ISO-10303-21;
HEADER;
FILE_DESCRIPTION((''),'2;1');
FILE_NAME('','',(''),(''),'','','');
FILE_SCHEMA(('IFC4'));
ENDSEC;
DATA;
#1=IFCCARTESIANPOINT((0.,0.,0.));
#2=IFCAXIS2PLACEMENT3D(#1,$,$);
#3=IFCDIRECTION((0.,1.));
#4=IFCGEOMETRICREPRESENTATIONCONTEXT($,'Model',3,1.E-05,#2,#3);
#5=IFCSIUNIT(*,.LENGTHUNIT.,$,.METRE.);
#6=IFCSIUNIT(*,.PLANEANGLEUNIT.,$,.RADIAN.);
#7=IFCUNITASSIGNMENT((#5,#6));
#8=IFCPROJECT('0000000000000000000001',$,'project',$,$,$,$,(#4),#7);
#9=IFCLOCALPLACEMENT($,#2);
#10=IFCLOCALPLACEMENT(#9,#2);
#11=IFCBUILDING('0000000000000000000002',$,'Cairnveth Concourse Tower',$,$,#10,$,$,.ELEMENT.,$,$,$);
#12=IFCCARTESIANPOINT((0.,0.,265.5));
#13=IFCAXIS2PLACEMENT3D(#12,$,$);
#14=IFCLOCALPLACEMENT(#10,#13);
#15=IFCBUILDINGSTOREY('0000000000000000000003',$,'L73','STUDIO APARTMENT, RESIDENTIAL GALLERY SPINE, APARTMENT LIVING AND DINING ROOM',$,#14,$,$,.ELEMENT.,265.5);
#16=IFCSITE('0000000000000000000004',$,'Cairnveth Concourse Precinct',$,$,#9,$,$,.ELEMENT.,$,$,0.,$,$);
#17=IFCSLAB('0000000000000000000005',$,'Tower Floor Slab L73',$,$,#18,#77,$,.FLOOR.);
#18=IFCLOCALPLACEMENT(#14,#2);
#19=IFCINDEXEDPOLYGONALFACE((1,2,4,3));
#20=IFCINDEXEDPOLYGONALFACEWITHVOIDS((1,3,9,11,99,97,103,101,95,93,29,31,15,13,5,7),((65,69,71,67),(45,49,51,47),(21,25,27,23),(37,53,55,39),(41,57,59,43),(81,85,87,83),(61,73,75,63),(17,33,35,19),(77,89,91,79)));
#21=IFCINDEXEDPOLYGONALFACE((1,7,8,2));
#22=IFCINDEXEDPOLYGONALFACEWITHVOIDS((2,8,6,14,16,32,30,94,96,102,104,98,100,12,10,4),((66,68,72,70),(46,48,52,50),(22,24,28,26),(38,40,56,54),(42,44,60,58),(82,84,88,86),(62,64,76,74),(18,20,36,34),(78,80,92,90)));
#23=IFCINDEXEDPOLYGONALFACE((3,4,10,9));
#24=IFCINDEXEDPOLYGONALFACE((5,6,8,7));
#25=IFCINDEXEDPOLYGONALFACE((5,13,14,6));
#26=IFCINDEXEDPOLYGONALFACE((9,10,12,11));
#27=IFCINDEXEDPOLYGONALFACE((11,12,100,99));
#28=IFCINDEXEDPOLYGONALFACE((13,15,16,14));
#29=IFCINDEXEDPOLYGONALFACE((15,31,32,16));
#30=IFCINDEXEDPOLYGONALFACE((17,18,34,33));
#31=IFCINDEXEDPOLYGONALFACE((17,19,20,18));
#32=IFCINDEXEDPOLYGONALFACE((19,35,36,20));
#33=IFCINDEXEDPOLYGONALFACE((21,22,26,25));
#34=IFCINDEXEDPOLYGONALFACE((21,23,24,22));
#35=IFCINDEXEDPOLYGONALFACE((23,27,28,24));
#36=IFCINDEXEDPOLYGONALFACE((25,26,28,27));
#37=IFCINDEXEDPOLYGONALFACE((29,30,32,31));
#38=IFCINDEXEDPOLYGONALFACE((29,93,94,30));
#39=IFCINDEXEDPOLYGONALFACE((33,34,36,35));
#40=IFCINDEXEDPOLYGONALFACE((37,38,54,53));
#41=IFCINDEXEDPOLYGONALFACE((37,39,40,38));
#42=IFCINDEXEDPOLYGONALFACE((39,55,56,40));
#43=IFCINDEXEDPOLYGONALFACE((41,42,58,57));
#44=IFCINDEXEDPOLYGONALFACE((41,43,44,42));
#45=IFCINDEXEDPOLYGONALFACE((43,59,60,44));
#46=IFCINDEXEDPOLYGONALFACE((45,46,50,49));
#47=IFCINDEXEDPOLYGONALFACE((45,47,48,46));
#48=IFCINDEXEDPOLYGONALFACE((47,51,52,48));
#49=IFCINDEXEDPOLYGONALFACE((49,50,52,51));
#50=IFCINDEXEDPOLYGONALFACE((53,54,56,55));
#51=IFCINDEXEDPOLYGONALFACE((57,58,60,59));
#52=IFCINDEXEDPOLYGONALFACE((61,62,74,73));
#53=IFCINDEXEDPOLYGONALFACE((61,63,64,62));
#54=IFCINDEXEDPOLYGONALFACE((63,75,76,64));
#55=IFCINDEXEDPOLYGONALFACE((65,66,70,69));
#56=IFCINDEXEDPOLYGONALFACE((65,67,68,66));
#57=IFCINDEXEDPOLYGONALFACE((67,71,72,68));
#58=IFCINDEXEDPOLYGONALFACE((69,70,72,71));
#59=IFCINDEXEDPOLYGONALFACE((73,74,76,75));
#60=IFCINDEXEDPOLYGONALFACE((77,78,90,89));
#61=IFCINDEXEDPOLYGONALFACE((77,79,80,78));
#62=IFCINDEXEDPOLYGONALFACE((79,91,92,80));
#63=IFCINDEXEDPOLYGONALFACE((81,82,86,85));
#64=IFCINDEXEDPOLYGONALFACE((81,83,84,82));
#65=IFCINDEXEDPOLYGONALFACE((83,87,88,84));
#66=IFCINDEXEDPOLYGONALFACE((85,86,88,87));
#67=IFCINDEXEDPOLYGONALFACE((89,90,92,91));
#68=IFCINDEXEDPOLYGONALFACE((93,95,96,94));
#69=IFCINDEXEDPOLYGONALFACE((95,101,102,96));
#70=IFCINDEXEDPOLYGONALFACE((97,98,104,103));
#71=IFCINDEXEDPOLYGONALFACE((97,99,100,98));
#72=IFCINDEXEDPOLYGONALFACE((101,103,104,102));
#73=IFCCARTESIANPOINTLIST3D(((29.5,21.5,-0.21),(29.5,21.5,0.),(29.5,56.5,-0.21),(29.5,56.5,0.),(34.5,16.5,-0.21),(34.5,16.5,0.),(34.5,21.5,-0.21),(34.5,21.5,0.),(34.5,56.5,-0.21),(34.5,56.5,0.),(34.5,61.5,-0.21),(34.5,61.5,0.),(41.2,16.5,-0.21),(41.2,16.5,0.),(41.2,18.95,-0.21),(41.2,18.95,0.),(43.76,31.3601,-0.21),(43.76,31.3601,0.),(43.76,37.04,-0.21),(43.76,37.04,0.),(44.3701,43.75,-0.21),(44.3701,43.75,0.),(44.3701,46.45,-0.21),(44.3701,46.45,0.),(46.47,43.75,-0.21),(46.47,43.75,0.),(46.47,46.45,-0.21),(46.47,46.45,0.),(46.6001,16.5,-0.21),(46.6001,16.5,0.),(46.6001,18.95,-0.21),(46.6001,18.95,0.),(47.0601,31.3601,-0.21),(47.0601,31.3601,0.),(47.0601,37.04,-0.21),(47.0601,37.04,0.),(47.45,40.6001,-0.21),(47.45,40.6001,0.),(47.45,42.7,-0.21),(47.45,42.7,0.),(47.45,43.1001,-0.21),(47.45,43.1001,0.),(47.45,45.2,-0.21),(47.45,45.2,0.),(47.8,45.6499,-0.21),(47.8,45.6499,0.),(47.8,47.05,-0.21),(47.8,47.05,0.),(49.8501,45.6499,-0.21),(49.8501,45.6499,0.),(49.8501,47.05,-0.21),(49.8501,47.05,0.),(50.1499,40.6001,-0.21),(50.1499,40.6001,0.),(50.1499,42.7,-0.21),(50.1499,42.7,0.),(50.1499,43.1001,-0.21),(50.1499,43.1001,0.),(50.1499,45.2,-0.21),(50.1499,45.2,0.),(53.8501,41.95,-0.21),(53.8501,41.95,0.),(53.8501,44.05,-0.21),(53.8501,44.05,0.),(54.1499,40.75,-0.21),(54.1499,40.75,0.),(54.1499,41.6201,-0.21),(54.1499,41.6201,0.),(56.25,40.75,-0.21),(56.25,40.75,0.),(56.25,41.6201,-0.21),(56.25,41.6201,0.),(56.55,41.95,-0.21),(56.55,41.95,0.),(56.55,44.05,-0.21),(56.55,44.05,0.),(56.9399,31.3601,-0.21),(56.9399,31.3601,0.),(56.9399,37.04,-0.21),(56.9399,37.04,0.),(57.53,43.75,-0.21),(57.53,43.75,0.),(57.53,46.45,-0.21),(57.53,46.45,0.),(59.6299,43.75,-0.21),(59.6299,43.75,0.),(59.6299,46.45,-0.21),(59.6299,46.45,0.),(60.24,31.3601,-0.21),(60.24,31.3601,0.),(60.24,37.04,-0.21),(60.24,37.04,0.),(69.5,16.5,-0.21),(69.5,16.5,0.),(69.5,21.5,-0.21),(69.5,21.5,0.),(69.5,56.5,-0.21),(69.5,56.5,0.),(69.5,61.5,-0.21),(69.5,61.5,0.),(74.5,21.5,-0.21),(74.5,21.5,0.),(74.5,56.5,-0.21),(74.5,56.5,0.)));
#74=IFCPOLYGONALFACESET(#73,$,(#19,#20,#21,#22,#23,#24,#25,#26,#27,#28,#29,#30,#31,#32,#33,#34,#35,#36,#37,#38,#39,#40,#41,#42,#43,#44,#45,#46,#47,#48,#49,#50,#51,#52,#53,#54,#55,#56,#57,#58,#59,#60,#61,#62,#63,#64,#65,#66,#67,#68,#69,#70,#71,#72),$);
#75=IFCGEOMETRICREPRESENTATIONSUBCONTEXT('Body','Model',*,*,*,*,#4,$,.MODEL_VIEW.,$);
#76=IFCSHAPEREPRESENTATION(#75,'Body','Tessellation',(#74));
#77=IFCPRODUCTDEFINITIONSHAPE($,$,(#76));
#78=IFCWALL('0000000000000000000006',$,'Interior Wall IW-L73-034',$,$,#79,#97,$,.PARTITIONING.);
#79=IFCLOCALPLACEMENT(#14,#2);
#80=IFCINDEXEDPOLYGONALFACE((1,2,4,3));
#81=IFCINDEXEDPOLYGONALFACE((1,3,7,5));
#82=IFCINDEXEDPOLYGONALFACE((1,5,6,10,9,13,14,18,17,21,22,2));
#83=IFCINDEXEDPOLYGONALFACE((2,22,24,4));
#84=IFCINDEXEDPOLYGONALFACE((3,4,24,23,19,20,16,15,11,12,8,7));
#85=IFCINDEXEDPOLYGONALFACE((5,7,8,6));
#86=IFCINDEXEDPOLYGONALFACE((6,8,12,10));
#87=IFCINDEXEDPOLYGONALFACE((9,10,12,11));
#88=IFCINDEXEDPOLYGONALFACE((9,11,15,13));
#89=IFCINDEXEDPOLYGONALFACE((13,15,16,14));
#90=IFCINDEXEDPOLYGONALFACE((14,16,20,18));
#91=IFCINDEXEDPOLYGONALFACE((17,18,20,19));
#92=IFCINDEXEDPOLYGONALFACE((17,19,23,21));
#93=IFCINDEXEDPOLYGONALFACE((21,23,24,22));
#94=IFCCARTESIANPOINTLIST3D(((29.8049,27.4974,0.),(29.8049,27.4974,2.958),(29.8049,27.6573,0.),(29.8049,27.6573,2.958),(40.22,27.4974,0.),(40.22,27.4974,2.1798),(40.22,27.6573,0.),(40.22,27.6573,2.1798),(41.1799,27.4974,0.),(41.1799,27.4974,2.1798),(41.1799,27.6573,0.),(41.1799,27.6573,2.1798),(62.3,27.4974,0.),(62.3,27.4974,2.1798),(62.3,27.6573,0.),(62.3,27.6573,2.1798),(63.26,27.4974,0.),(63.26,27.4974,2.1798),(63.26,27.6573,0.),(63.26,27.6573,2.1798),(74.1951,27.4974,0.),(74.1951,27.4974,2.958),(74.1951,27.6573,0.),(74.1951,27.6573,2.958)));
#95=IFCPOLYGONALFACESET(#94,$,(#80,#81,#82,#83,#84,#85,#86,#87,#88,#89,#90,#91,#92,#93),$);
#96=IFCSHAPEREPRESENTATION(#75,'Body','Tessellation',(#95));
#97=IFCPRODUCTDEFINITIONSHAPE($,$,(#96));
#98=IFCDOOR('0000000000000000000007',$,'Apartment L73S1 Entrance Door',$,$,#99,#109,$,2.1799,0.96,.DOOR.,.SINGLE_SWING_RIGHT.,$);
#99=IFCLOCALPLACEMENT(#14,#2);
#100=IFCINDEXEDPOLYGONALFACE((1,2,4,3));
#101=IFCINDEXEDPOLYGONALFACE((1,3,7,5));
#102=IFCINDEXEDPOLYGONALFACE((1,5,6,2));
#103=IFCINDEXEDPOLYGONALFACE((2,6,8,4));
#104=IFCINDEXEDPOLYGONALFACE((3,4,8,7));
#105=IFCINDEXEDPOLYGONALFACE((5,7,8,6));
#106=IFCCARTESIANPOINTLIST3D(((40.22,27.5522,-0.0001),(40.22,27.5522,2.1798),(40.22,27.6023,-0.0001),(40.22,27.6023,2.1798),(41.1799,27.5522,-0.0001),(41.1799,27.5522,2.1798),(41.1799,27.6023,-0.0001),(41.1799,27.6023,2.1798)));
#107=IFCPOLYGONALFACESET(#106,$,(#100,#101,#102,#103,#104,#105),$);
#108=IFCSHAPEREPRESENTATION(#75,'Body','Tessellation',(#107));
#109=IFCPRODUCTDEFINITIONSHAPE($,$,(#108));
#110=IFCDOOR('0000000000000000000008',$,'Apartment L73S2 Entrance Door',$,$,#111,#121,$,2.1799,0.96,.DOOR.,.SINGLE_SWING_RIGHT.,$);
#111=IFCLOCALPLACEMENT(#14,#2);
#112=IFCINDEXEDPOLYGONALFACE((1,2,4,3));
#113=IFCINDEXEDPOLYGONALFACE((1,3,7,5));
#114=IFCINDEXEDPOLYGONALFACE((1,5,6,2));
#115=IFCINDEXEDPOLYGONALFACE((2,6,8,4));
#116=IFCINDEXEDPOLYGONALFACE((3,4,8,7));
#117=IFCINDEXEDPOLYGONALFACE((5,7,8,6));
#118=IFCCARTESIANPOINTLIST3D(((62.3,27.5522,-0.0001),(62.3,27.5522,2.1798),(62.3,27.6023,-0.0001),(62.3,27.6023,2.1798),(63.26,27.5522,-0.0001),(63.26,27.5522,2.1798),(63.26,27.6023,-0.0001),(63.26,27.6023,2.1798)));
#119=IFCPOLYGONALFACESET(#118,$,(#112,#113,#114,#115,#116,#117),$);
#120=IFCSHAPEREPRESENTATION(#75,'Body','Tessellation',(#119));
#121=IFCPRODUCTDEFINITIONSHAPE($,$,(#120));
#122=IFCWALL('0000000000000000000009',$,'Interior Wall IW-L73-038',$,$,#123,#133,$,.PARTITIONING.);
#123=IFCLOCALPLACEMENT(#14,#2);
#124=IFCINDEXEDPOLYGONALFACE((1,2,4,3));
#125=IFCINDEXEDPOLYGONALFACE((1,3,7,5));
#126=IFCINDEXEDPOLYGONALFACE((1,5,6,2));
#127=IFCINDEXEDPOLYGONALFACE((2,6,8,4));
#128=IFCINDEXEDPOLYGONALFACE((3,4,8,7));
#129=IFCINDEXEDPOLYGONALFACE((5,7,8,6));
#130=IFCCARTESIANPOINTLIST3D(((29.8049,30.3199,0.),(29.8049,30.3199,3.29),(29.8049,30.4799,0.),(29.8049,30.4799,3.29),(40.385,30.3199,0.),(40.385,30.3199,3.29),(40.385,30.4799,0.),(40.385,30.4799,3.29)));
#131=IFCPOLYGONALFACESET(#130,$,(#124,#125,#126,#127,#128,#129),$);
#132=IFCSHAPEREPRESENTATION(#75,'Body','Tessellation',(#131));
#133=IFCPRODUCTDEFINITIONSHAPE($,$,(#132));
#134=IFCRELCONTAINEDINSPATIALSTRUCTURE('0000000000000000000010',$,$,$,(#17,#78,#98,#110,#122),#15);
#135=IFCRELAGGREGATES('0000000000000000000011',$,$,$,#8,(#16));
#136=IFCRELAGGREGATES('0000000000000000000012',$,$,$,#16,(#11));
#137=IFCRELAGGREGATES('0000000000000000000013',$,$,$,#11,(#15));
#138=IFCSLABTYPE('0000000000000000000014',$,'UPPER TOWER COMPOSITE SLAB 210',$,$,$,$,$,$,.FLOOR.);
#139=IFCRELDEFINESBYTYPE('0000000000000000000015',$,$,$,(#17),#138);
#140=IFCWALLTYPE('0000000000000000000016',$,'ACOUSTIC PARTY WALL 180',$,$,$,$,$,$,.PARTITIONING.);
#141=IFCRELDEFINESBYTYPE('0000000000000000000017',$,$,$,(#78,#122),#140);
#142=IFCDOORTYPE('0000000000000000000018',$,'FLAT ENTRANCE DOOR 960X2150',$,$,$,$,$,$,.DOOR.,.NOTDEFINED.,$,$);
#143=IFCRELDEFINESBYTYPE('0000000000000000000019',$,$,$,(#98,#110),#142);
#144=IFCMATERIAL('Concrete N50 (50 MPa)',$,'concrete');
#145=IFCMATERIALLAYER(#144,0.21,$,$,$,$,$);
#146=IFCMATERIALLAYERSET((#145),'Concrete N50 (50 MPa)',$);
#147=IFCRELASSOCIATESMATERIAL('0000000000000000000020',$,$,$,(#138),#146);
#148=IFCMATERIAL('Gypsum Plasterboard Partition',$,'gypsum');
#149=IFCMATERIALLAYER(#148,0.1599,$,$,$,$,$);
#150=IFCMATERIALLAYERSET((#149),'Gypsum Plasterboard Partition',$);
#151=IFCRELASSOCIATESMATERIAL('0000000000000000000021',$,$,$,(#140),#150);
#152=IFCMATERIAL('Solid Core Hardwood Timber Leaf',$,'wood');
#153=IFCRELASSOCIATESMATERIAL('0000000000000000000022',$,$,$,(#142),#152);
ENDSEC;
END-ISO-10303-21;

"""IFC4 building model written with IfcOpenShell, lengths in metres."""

from ifc_helpers import new_model, si_unit, direction, frame, frame_2d, origin, place, context, subcontext, project, spatial, polyline, rectangle, outline, extrude, material, layer, layer_set, type_object, element, fill, save


model = new_model("IFC4")

# Units and contexts
model_context = context("Model", 3, precision=1e-05, world=origin(), true_north=direction((0.0, 1.0)))
body_context = subcontext(model_context, "Body", "Model", "MODEL_VIEW")
ifc_project = project(units=[si_unit("LENGTHUNIT", "METRE"), si_unit("PLANEANGLEUNIT", "RADIAN")], contexts=[model_context])

# Site, building, storey
site_placement = place(None, origin())
site = spatial("IfcSite", under=ifc_project, at=site_placement, Name="Cairnveth Concourse Precinct", CompositionType="ELEMENT", RefElevation=0.0)
building_placement = place(site_placement, origin())
building = spatial("IfcBuilding", under=site, at=building_placement, Name="Cairnveth Concourse Tower", CompositionType="ELEMENT")
storey_placement = place(building_placement, frame((0.0, 0.0, 265.5)))
storey = spatial("IfcBuildingStorey", under=building, at=storey_placement, Name="L73", Description="STUDIO APARTMENT, RESIDENTIAL GALLERY SPINE, APARTMENT LIVING AND DINING ROOM", CompositionType="ELEMENT", Elevation=265.5)

# Shared definitions
ifc_material_1 = material(Name="Concrete N50 (50 MPa)", Category="concrete")

# Slab
ifc_layer_1 = layer(ifc_material_1, 0.21)
ifc_layer_set_1 = layer_set([ifc_layer_1], Name="Concrete N50 (50 MPa)")
slab_type_1 = type_object("IfcSlabType", Name="UPPER TOWER COMPOSITE SLAB 210", PredefinedType="FLOOR", material=ifc_layer_set_1)
slab_1_placement = place(storey_placement, frame((0.0, 0.0, -0.21)))
element("IfcSlab", 1, at=slab_1_placement, inside=storey, type_object=slab_type_1, Name="Tower Floor Slab L73", PredefinedType="FLOOR", context=body_context, shape_type="SweptSolid", body=[
    extrude(outline(polyline([(41.2, 16.5), (41.2, 18.95), (46.6001, 18.95), (46.6001, 16.5), (69.5, 16.5), (69.5, 21.5), (74.5, 21.5), (74.5, 56.5), (69.5, 56.5), (69.5, 61.5), (34.5, 61.5), (34.5, 56.5), (29.5, 56.5), (29.5, 21.5), (34.5, 21.5), (34.5, 16.5), (41.2, 16.5)]), holes=[polyline([(43.76, 31.3601), (47.0601, 31.3601), (47.0601, 37.04), (43.76, 37.04), (43.76, 31.3601)]), polyline([(56.9399, 31.3601), (60.24, 31.3601), (60.24, 37.04), (56.9399, 37.04), (56.9399, 31.3601)]), polyline([(44.3701, 43.75), (46.47, 43.75), (46.47, 46.45), (44.3701, 46.45), (44.3701, 43.75)]), polyline([(57.53, 43.75), (59.6299, 43.75), (59.6299, 46.45), (57.53, 46.45), (57.53, 43.75)]), polyline([(47.45, 40.6001), (50.1499, 40.6001), (50.1499, 42.7), (47.45, 42.7), (47.45, 40.6001)]), polyline([(47.45, 43.1001), (50.1499, 43.1001), (50.1499, 45.2), (47.45, 45.2), (47.45, 43.1001)]), polyline([(53.8501, 41.95), (56.55, 41.95), (56.55, 44.05), (53.8501, 44.05), (53.8501, 41.95)]), polyline([(47.8, 45.6499), (49.8501, 45.6499), (49.8501, 47.05), (47.8, 47.05), (47.8, 45.6499)]), polyline([(54.1499, 40.75), (56.25, 40.75), (56.25, 41.6201), (54.1499, 41.6201), (54.1499, 40.75)])]), origin(), (0.0, 0.0, 1.0), 0.21),
])

# Wall, openings, doors
ifc_material_2 = material(Name="Gypsum Plasterboard Partition", Category="gypsum")
ifc_layer_2 = layer(ifc_material_2, 0.1599)
ifc_layer_set_2 = layer_set([ifc_layer_2], Name="Gypsum Plasterboard Partition")
wall_type_1 = type_object("IfcWallType", Name="ACOUSTIC PARTY WALL 180", PredefinedType="PARTITIONING", material=ifc_layer_set_2)
wall_1_placement = place(storey_placement, frame((29.8049, 27.5774, 0.0), z_axis=(0.0, 0.0, 1.0), x_axis=(1.0, 0.0, 0.0)))
wall_1 = element("IfcWall", 2, at=wall_1_placement, inside=storey, type_object=wall_type_1, Name="Interior Wall IW-L73-034", PredefinedType="PARTITIONING", context=body_context, shape_type="SweptSolid", body=[
    extrude(rectangle(XDim=44.3901, YDim=0.1599, at=frame_2d((22.1951, 0.0))), origin(), (0.0, 0.0, 1.0), 2.958),
])
opening_1_placement = place(wall_1_placement, frame((10.415, 0.0, 0.0)))
opening_1 = element("IfcOpeningElement", 3, at=opening_1_placement, cuts=wall_1, PredefinedType="OPENING", context=body_context, shape_type="SweptSolid", body=[
    extrude(rectangle(XDim=0.96, YDim=2.1799, at=frame_2d((0.48, 1.0898))), frame((0.0, 0.0898, 0.0), z_axis=(0.0, -1.0, 0.0), x_axis=(1.0, 0.0, 0.0)), (0.0, 0.0, 1.0), 0.1799),
])
opening_2_placement = place(wall_1_placement, frame((32.4951, 0.0, 0.0)))
opening_2 = element("IfcOpeningElement", 4, at=opening_2_placement, cuts=wall_1, PredefinedType="OPENING", context=body_context, shape_type="SweptSolid", body=[
    extrude(rectangle(XDim=0.96, YDim=2.1799, at=frame_2d((0.48, 1.0898))), frame((0.0, 0.0898, 0.0), z_axis=(0.0, -1.0, 0.0), x_axis=(1.0, 0.0, 0.0)), (0.0, 0.0, 1.0), 0.1799),
])
ifc_material_3 = material(Name="Solid Core Hardwood Timber Leaf", Category="wood")
door_type = type_object("IfcDoorType", Name="FLAT ENTRANCE DOOR 960X2150", OperationType="NOTDEFINED", PredefinedType="DOOR", material=ifc_material_3)
door_1_placement = place(opening_1_placement, origin())
door_1 = element("IfcDoor", 5, at=door_1_placement, inside=storey, type_object=door_type, Name="Apartment L73S1 Entrance Door", OperationType="SINGLE_SWING_RIGHT", OverallHeight=2.1799, OverallWidth=0.96, PredefinedType="DOOR", context=body_context, shape_type="SweptSolid", body=[
    extrude(rectangle(XDim=0.96, YDim=2.1799, at=frame_2d((0.48, 1.0898))), frame((0.0, 0.0249, 0.0), z_axis=(0.0, -1.0, 0.0), x_axis=(1.0, 0.0, 0.0)), (0.0, 0.0, 1.0), 0.05),
])
fill(opening_1, door_1)
door_2_placement = place(opening_2_placement, origin())
door_2 = element("IfcDoor", 6, at=door_2_placement, inside=storey, type_object=door_type, Name="Apartment L73S2 Entrance Door", OperationType="SINGLE_SWING_RIGHT", OverallHeight=2.1799, OverallWidth=0.96, PredefinedType="DOOR", context=body_context, shape_type="SweptSolid", body=[
    extrude(rectangle(XDim=0.96, YDim=2.1799, at=frame_2d((0.48, 1.0898))), frame((0.0, 0.0249, 0.0), z_axis=(0.0, -1.0, 0.0), x_axis=(1.0, 0.0, 0.0)), (0.0, 0.0, 1.0), 0.05),
])
fill(opening_2, door_2)

# Wall
wall_2_placement = place(storey_placement, frame((29.8049, 30.3999, 0.0), z_axis=(0.0, 0.0, 1.0), x_axis=(1.0, 0.0, 0.0)))
element("IfcWall", 7, at=wall_2_placement, inside=storey, type_object=wall_type_1, Name="Interior Wall IW-L73-038", PredefinedType="PARTITIONING", context=body_context, shape_type="SweptSolid", body=[
    extrude(rectangle(XDim=10.5801, YDim=0.1599, at=frame_2d((5.29, 0.0))), origin(), (0.0, 0.0, 1.0), 3.29),
])

save(model, "model.ifc")
